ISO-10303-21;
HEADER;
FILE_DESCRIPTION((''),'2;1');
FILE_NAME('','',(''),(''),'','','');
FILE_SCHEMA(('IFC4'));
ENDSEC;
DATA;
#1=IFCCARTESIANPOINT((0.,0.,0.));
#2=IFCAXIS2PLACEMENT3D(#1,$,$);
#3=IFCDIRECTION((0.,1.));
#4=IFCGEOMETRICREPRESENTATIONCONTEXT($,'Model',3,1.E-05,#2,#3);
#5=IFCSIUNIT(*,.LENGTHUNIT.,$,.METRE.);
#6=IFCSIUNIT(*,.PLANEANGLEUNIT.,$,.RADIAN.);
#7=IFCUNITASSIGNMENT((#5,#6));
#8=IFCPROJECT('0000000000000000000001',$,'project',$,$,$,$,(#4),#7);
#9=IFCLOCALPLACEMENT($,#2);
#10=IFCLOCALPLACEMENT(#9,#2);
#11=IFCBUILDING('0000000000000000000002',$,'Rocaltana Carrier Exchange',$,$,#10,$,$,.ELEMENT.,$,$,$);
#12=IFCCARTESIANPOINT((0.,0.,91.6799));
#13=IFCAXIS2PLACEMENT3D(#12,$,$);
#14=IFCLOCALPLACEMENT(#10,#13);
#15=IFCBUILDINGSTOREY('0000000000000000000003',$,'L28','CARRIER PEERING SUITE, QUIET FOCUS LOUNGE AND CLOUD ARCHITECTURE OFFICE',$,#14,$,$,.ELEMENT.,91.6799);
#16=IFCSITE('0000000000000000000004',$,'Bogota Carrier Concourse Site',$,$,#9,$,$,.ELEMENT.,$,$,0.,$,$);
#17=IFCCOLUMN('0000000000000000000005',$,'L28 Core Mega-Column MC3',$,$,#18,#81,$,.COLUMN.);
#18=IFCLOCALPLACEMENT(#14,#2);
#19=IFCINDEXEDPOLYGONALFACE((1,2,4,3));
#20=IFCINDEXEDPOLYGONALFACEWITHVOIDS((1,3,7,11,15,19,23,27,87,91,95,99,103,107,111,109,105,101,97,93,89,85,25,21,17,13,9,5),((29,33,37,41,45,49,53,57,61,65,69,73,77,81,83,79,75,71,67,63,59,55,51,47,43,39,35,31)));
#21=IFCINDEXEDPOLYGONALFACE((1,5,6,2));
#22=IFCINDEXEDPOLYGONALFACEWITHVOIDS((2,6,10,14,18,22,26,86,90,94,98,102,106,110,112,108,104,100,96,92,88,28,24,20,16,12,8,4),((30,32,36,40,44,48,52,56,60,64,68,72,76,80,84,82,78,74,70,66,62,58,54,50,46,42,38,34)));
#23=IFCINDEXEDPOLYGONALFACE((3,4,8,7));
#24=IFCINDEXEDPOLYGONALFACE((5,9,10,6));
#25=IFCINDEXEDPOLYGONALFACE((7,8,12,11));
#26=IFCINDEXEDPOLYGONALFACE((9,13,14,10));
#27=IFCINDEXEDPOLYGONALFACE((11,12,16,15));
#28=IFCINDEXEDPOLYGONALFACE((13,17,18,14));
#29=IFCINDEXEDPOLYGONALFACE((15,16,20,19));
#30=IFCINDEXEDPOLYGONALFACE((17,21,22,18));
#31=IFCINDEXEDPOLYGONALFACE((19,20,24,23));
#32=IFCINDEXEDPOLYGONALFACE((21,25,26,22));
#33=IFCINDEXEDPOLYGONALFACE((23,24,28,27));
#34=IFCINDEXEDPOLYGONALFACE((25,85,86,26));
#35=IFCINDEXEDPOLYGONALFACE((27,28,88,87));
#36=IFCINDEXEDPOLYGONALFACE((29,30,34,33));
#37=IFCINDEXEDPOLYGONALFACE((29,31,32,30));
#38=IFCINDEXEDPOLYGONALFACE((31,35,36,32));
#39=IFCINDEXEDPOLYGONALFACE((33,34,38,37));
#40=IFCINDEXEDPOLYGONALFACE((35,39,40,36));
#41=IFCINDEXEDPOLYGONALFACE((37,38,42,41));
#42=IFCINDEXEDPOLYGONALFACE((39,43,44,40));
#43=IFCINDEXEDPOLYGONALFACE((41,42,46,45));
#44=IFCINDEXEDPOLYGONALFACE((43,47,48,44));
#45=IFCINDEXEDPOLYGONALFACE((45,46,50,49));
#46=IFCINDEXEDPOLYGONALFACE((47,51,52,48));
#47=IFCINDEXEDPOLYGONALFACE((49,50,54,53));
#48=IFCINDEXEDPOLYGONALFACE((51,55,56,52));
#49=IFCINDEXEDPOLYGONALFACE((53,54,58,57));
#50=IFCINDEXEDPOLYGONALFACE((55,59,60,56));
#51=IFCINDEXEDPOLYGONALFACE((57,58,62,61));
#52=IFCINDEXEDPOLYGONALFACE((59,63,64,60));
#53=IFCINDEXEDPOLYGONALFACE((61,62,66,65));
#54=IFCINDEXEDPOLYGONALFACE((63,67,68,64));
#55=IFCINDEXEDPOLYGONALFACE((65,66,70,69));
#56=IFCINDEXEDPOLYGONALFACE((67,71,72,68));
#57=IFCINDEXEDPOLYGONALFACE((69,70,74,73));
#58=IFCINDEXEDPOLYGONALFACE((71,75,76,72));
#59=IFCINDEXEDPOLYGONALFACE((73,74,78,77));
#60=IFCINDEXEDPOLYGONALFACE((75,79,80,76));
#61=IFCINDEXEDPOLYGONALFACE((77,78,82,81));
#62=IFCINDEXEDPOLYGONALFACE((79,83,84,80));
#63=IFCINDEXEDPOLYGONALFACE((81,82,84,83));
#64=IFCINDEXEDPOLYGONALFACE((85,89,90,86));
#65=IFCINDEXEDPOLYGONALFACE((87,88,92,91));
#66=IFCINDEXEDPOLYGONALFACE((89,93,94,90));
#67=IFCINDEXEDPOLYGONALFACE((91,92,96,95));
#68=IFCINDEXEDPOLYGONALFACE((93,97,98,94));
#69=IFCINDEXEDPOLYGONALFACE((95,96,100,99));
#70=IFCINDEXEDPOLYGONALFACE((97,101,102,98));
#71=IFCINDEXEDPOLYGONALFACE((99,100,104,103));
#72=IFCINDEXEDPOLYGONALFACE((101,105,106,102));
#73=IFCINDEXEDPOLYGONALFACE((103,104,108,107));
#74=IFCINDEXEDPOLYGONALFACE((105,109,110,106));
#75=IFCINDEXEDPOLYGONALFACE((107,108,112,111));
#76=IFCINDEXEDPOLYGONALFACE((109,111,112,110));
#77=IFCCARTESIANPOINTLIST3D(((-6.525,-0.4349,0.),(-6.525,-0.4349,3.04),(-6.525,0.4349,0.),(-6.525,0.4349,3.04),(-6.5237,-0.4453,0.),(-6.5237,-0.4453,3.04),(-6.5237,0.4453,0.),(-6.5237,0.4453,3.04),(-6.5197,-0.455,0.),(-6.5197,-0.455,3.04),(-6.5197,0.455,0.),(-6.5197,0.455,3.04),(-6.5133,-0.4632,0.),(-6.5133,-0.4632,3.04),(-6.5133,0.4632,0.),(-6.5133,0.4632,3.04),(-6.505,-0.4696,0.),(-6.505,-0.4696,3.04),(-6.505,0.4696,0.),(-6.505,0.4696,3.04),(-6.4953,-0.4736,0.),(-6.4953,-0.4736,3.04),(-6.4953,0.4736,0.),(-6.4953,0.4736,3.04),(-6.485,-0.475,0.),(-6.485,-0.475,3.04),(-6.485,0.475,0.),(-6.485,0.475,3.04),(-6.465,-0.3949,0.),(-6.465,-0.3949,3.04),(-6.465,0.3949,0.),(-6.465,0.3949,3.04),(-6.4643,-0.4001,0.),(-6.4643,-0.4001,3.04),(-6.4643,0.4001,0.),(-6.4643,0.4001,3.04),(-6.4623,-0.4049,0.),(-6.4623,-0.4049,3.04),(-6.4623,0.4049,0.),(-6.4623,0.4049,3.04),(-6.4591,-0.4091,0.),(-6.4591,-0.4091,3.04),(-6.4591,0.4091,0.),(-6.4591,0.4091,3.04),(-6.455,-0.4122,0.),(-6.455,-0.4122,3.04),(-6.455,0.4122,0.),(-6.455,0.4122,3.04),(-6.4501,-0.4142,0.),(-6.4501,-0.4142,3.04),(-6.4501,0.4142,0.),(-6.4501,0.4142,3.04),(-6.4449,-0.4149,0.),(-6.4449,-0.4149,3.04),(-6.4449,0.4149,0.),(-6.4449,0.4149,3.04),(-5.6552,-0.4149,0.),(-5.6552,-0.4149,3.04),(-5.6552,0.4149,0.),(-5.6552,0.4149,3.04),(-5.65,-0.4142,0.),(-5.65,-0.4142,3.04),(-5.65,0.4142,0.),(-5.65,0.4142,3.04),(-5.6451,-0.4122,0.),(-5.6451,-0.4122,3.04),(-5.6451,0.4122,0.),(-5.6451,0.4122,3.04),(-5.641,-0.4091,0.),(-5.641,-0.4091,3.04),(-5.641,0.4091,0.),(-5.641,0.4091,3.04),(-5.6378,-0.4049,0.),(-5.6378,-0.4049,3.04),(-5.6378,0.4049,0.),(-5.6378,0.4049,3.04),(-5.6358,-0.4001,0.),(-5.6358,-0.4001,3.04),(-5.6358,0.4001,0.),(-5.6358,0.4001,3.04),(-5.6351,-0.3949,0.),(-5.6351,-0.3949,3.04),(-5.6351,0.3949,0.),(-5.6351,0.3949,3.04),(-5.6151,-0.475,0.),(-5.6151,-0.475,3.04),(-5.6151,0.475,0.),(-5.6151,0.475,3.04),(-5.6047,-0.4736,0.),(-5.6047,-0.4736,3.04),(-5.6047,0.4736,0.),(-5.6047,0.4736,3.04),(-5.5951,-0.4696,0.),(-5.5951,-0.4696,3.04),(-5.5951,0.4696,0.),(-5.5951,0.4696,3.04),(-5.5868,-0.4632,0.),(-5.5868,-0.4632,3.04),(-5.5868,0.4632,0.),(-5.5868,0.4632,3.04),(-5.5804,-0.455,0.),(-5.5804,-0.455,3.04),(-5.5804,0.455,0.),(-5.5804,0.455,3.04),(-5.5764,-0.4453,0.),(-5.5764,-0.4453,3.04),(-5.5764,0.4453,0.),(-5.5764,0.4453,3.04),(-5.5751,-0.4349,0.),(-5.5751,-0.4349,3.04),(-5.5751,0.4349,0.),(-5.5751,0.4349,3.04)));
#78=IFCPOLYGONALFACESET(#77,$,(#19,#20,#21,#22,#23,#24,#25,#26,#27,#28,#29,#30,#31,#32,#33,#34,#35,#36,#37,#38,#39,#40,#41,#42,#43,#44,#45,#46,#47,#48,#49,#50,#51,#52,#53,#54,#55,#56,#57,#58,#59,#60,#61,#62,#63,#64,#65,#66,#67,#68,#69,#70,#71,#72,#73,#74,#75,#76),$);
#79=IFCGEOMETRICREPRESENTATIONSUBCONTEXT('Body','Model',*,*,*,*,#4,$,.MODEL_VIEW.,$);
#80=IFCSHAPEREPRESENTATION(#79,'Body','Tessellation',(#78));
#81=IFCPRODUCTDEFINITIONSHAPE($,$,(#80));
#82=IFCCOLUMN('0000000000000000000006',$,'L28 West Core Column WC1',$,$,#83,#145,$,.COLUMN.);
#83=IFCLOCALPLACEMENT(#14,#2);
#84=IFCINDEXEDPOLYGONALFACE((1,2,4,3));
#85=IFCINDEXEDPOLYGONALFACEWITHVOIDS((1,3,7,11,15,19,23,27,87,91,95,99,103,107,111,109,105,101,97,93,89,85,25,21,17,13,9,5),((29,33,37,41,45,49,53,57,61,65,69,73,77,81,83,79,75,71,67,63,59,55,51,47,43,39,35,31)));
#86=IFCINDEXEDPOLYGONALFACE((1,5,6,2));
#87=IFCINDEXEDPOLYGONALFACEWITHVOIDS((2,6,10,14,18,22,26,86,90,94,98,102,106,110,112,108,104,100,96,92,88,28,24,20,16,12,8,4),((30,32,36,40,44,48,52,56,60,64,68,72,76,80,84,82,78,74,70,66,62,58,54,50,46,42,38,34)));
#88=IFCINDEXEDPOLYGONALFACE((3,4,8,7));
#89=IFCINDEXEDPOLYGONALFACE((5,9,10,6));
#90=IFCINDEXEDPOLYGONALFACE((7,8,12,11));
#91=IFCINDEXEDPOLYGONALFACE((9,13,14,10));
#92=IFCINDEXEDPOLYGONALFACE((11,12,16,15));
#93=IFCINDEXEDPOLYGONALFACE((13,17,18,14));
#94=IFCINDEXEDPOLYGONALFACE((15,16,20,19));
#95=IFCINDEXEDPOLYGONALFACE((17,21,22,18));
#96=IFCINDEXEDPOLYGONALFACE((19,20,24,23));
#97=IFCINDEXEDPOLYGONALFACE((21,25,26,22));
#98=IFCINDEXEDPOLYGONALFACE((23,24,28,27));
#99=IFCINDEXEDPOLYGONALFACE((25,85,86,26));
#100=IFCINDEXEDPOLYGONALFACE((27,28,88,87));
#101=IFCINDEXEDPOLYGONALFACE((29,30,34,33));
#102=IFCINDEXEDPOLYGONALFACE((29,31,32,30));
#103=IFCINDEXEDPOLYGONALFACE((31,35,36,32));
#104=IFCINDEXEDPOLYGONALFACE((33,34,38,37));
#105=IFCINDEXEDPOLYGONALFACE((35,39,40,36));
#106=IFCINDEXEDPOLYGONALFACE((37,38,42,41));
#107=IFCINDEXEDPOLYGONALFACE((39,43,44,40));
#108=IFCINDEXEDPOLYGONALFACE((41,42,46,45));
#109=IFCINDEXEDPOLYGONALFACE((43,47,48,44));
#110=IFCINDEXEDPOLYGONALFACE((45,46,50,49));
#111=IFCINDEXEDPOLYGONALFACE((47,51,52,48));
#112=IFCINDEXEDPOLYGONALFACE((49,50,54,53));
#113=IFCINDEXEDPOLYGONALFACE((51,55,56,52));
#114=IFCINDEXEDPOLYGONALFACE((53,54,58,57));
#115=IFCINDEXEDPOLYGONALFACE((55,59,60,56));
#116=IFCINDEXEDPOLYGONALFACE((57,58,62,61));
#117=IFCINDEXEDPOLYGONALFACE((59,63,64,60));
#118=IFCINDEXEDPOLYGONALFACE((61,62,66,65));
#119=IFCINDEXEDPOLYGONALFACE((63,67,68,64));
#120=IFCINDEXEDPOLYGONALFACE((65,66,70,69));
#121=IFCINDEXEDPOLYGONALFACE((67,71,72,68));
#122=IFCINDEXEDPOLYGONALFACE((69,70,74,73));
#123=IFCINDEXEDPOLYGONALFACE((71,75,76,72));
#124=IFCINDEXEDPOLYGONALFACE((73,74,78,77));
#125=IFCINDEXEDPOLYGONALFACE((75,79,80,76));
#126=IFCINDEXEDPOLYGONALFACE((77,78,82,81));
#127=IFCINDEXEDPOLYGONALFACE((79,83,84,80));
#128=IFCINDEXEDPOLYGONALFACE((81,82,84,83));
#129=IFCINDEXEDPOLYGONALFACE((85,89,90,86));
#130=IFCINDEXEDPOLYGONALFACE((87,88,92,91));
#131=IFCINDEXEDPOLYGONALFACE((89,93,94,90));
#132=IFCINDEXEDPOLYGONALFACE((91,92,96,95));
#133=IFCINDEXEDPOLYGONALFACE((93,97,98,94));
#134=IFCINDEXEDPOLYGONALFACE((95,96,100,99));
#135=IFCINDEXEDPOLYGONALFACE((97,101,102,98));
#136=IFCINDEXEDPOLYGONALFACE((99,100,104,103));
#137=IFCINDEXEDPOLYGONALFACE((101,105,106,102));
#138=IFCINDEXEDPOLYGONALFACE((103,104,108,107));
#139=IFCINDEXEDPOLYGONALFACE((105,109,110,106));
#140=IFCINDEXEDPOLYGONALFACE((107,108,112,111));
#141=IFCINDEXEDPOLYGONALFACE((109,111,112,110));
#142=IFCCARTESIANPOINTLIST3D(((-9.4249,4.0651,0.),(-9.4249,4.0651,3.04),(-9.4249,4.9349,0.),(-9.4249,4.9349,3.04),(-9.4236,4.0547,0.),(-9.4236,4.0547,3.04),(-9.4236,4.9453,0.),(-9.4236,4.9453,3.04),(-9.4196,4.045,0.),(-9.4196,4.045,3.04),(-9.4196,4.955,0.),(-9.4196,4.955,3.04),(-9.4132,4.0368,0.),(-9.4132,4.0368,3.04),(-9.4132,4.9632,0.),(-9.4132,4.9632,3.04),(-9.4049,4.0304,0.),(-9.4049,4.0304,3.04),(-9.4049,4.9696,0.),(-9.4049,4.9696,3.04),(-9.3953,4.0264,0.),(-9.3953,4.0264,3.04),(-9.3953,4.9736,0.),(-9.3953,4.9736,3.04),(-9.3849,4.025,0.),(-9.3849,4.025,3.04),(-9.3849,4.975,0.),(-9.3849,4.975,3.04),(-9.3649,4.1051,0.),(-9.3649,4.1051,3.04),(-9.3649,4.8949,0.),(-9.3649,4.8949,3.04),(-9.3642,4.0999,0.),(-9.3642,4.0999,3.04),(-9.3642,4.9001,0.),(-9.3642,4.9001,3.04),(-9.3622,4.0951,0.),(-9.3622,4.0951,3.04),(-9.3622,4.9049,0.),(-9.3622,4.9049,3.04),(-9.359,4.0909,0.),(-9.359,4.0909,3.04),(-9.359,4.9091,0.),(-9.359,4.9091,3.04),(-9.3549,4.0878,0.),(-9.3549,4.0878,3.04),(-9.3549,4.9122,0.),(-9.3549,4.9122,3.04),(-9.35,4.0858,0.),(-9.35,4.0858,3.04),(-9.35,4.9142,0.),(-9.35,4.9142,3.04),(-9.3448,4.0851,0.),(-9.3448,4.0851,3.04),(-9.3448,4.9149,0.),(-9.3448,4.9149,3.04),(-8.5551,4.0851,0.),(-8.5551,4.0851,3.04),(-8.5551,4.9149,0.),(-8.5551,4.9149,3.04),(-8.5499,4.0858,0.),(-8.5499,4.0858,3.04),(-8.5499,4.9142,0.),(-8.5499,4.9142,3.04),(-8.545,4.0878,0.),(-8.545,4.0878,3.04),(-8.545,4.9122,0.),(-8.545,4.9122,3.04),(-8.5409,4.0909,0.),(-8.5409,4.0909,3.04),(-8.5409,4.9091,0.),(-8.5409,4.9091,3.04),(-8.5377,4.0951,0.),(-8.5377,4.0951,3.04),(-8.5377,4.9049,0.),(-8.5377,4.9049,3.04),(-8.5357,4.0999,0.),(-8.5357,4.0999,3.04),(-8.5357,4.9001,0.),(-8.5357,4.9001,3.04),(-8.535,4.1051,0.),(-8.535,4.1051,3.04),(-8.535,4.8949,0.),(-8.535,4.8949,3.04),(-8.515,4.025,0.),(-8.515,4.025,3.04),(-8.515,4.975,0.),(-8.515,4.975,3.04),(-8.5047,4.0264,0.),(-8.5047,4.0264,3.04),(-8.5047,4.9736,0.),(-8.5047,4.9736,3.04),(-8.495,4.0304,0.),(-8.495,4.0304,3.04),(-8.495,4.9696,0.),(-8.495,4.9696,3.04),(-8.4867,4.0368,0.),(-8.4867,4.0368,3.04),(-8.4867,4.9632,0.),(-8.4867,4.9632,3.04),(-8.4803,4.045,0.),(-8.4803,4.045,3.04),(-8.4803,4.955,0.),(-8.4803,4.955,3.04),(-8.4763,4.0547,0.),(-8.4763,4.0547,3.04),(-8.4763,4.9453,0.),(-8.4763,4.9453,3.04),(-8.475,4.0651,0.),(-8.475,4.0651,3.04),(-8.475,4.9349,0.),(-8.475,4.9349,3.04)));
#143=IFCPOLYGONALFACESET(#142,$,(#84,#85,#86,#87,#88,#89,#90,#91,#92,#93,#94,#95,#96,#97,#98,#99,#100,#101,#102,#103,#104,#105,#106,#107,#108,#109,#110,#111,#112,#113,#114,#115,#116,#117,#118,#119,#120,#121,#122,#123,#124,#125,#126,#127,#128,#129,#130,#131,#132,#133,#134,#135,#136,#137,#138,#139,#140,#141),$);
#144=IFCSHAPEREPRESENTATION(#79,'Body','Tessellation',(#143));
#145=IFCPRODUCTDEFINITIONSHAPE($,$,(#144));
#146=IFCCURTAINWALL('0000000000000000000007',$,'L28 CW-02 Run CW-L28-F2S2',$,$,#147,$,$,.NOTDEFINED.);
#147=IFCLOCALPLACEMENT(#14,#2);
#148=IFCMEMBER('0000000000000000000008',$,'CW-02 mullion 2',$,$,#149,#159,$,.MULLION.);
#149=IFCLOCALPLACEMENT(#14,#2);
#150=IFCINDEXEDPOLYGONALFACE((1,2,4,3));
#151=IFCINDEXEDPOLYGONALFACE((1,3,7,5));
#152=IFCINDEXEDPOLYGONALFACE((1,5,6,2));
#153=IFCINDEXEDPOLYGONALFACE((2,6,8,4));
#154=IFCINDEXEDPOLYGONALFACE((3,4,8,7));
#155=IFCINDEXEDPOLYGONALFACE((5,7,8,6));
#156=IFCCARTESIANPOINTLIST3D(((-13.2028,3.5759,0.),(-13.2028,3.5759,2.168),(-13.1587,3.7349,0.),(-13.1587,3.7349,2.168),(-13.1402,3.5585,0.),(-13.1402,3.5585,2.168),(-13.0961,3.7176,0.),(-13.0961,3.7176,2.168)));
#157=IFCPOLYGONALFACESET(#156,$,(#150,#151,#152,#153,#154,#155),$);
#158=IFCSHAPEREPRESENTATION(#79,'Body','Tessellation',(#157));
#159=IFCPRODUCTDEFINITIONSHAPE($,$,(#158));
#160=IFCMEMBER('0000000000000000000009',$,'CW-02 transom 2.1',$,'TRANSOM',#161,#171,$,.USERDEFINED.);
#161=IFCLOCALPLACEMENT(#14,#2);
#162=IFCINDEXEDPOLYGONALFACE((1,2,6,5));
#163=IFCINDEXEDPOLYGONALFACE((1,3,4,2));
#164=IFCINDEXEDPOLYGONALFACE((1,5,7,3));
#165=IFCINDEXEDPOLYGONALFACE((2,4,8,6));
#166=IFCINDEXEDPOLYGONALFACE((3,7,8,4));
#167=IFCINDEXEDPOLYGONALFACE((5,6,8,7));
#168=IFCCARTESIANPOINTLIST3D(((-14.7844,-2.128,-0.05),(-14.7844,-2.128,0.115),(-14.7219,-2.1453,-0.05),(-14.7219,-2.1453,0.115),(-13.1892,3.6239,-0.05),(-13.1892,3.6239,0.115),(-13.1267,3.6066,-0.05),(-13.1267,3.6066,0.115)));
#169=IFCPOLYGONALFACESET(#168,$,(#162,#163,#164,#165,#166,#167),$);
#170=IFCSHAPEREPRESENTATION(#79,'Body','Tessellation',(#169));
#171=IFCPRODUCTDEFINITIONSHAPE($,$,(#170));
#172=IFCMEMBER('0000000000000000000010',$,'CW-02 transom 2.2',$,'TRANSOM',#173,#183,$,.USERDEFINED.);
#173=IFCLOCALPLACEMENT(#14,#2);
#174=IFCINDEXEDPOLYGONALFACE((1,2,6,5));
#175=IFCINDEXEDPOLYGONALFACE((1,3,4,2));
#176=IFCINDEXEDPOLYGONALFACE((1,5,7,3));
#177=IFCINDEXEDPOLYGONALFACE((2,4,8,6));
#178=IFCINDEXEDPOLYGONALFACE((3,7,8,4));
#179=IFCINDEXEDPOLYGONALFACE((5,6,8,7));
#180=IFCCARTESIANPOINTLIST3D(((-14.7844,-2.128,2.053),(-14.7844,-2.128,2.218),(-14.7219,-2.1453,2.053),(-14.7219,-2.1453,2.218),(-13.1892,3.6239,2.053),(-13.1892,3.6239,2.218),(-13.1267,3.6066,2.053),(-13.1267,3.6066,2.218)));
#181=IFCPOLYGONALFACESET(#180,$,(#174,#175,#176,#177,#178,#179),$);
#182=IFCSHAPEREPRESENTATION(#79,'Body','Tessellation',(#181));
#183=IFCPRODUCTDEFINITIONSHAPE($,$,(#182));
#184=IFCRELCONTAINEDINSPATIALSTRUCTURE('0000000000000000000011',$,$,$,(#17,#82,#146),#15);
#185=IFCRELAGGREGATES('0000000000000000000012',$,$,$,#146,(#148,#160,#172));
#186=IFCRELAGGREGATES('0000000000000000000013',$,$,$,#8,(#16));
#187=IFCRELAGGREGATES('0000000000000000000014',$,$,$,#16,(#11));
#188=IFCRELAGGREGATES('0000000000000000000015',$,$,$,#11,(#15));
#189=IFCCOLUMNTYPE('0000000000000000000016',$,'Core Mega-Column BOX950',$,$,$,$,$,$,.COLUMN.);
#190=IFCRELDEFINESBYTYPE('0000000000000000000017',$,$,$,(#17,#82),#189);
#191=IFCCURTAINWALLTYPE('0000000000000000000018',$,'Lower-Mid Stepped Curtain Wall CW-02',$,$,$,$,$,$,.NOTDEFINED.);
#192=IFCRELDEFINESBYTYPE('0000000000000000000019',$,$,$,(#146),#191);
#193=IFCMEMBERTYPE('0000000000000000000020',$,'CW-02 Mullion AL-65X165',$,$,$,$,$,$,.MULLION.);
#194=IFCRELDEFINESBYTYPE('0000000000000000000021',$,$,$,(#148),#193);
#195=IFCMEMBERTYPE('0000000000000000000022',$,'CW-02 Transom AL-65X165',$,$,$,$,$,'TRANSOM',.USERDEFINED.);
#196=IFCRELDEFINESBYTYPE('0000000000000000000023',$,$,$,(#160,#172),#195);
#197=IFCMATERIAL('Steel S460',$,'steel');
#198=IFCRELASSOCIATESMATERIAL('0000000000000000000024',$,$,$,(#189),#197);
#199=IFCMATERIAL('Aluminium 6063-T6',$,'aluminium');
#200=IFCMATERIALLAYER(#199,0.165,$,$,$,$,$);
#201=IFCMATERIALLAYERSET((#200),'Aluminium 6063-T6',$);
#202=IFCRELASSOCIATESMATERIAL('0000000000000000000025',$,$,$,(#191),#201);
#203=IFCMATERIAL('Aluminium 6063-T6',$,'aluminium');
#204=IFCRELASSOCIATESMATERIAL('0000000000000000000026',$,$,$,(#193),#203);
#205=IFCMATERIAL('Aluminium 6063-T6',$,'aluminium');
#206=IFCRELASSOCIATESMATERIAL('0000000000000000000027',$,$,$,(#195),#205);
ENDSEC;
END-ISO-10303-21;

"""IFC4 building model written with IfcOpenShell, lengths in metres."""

from ifc_helpers import new_model, si_unit, direction, frame, origin, origin_2d, place, context, subcontext, project, spatial, rectangle, hollow_rectangle, extrude, material, layer, layer_set, material_profile, profile_set, type_object, element, aggregate, save


model = new_model("IFC4")

# Units and contexts
model_context = context("Model", 3, precision=1e-05, world=origin(), true_north=direction((0.0, 1.0)))
body_context = subcontext(model_context, "Body", "Model", "MODEL_VIEW")
ifc_project = project(units=[si_unit("LENGTHUNIT", "METRE"), si_unit("PLANEANGLEUNIT", "RADIAN")], contexts=[model_context])

# Site, building, storey
site_placement = place(None, origin())
site = spatial("IfcSite", under=ifc_project, at=site_placement, Name="Bogota Carrier Concourse Site", CompositionType="ELEMENT", RefElevation=0.0)
building_placement = place(site_placement, origin())
building = spatial("IfcBuilding", under=site, at=building_placement, Name="Rocaltana Carrier Exchange", CompositionType="ELEMENT")
storey_placement = place(building_placement, frame((0.0, 0.0, 91.6799)))
storey = spatial("IfcBuildingStorey", under=building, at=storey_placement, Name="L28", Description="CARRIER PEERING SUITE, QUIET FOCUS LOUNGE AND CLOUD ARCHITECTURE OFFICE", CompositionType="ELEMENT", Elevation=91.6799)

# Columns
ifc_material_1 = material(Name="Steel S460", Category="steel")
ifc_material_profile_1 = material_profile(ifc_material_1, hollow_rectangle(XDim=0.95, YDim=0.95, WallThickness=0.0601, InnerFilletRadius=0.02, OuterFilletRadius=0.04, at=origin_2d()), Name="BOX950X950X60")
ifc_profile_set_1 = profile_set([ifc_material_profile_1], Name="Steel S460")
column_type = type_object("IfcColumnType", Name="Core Mega-Column BOX950", PredefinedType="COLUMN", material=ifc_profile_set_1)
for number, where, z_axis, x_axis, name in (
    (1, (-6.05, 0.0, 0.0), (0.0, 0.0, 1.0), (1.0, 0.0, 0.0), "L28 Core Mega-Column MC3"),
    (2, (-8.95, 4.5, 0.0), (0.0, 0.0, 1.0), (1.0, 0.0, 0.0), "L28 West Core Column WC1"),
):
    element("IfcColumn", number, at=place(storey_placement, frame(where, z_axis=z_axis, x_axis=x_axis)), inside=storey, type_object=column_type, Name=name, PredefinedType="COLUMN", context=body_context, shape_type="SweptSolid", body=[
        extrude(hollow_rectangle(XDim=0.95, YDim=0.95, WallThickness=0.0601, InnerFilletRadius=0.02, OuterFilletRadius=0.04, at=origin_2d()), origin(), (0.0, 0.0, 1.0), 3.04),
    ])

# Curtain wall, members
ifc_material_2 = material(Name="Aluminium 6063-T6", Category="aluminium")
ifc_layer_1 = layer(ifc_material_2, 0.165)
ifc_layer_set_1 = layer_set([ifc_layer_1], Name="Aluminium 6063-T6")
curtain_wall_type = type_object("IfcCurtainWallType", Name="Lower-Mid Stepped Curtain Wall CW-02", PredefinedType="NOTDEFINED", material=ifc_layer_set_1)
curtain_wall_placement = place(storey_placement, origin())
curtain_wall = element("IfcCurtainWall", 3, at=curtain_wall_placement, inside=storey, type_object=curtain_wall_type, Name="L28 CW-02 Run CW-L28-F2S2", PredefinedType="NOTDEFINED")
ifc_material_3 = material(Name="Aluminium 6063-T6", Category="aluminium")
ifc_material_profile_2 = material_profile(ifc_material_3, rectangle(XDim=0.0649, YDim=0.165, at=origin_2d()), Name="AL-65X165")
ifc_profile_set_2 = profile_set([ifc_material_profile_2], Name="Aluminium 6063-T6")
member_type_1 = type_object("IfcMemberType", Name="CW-02 Mullion AL-65X165", PredefinedType="MULLION", material=ifc_profile_set_2)
member_1_placement = place(storey_placement, frame((-13.1494, 3.6467, 0.0), z_axis=(0.0, 0.0, 1.0), x_axis=(0.963631, -0.267238, 0.0)))
member_1 = element("IfcMember", 4, at=member_1_placement, type_object=member_type_1, Name="CW-02 mullion 2", PredefinedType="MULLION", context=body_context, shape_type="SweptSolid", body=[
    extrude(rectangle(XDim=0.0649, YDim=0.165, at=origin_2d()), origin(), (0.0, 0.0, 1.0), 2.168),
])
ifc_material_4 = material(Name="Aluminium 6063-T6", Category="aluminium")
ifc_material_profile_3 = material_profile(ifc_material_4, rectangle(XDim=0.0649, YDim=0.165, at=origin_2d()), Name="AL-65X165")
ifc_profile_set_3 = profile_set([ifc_material_profile_3], Name="Aluminium 6063-T6")
member_type_2 = type_object("IfcMemberType", Name="CW-02 Transom AL-65X165", ElementType="TRANSOM", PredefinedType="USERDEFINED", material=ifc_profile_set_3)
member_2_placement = place(storey_placement, frame((-13.158, 3.6152, 0.0325), z_axis=(-0.267247, -0.963628, 0.0), x_axis=(0.963628, -0.267247, 0.0)))
member_2 = element("IfcMember", 5, at=member_2_placement, type_object=member_type_2, Name="CW-02 transom 2.1", ObjectType="TRANSOM", PredefinedType="USERDEFINED", context=body_context, shape_type="SweptSolid", body=[
    extrude(rectangle(XDim=0.0649, YDim=0.165, at=origin_2d()), origin(), (0.0, 0.0, 1.0), 5.969),
])
member_3_placement = place(storey_placement, frame((-13.158, 3.6152, 2.1355), z_axis=(-0.267247, -0.963628, 0.0), x_axis=(0.963628, -0.267247, 0.0)))
member_3 = element("IfcMember", 6, at=member_3_placement, type_object=member_type_2, Name="CW-02 transom 2.2", ObjectType="TRANSOM", PredefinedType="USERDEFINED", context=body_context, shape_type="SweptSolid", body=[
    extrude(rectangle(XDim=0.0649, YDim=0.165, at=origin_2d()), origin(), (0.0, 0.0, 1.0), 5.969),
])

aggregate(curtain_wall, [member_1, member_2, member_3])

save(model, "model.ifc")
